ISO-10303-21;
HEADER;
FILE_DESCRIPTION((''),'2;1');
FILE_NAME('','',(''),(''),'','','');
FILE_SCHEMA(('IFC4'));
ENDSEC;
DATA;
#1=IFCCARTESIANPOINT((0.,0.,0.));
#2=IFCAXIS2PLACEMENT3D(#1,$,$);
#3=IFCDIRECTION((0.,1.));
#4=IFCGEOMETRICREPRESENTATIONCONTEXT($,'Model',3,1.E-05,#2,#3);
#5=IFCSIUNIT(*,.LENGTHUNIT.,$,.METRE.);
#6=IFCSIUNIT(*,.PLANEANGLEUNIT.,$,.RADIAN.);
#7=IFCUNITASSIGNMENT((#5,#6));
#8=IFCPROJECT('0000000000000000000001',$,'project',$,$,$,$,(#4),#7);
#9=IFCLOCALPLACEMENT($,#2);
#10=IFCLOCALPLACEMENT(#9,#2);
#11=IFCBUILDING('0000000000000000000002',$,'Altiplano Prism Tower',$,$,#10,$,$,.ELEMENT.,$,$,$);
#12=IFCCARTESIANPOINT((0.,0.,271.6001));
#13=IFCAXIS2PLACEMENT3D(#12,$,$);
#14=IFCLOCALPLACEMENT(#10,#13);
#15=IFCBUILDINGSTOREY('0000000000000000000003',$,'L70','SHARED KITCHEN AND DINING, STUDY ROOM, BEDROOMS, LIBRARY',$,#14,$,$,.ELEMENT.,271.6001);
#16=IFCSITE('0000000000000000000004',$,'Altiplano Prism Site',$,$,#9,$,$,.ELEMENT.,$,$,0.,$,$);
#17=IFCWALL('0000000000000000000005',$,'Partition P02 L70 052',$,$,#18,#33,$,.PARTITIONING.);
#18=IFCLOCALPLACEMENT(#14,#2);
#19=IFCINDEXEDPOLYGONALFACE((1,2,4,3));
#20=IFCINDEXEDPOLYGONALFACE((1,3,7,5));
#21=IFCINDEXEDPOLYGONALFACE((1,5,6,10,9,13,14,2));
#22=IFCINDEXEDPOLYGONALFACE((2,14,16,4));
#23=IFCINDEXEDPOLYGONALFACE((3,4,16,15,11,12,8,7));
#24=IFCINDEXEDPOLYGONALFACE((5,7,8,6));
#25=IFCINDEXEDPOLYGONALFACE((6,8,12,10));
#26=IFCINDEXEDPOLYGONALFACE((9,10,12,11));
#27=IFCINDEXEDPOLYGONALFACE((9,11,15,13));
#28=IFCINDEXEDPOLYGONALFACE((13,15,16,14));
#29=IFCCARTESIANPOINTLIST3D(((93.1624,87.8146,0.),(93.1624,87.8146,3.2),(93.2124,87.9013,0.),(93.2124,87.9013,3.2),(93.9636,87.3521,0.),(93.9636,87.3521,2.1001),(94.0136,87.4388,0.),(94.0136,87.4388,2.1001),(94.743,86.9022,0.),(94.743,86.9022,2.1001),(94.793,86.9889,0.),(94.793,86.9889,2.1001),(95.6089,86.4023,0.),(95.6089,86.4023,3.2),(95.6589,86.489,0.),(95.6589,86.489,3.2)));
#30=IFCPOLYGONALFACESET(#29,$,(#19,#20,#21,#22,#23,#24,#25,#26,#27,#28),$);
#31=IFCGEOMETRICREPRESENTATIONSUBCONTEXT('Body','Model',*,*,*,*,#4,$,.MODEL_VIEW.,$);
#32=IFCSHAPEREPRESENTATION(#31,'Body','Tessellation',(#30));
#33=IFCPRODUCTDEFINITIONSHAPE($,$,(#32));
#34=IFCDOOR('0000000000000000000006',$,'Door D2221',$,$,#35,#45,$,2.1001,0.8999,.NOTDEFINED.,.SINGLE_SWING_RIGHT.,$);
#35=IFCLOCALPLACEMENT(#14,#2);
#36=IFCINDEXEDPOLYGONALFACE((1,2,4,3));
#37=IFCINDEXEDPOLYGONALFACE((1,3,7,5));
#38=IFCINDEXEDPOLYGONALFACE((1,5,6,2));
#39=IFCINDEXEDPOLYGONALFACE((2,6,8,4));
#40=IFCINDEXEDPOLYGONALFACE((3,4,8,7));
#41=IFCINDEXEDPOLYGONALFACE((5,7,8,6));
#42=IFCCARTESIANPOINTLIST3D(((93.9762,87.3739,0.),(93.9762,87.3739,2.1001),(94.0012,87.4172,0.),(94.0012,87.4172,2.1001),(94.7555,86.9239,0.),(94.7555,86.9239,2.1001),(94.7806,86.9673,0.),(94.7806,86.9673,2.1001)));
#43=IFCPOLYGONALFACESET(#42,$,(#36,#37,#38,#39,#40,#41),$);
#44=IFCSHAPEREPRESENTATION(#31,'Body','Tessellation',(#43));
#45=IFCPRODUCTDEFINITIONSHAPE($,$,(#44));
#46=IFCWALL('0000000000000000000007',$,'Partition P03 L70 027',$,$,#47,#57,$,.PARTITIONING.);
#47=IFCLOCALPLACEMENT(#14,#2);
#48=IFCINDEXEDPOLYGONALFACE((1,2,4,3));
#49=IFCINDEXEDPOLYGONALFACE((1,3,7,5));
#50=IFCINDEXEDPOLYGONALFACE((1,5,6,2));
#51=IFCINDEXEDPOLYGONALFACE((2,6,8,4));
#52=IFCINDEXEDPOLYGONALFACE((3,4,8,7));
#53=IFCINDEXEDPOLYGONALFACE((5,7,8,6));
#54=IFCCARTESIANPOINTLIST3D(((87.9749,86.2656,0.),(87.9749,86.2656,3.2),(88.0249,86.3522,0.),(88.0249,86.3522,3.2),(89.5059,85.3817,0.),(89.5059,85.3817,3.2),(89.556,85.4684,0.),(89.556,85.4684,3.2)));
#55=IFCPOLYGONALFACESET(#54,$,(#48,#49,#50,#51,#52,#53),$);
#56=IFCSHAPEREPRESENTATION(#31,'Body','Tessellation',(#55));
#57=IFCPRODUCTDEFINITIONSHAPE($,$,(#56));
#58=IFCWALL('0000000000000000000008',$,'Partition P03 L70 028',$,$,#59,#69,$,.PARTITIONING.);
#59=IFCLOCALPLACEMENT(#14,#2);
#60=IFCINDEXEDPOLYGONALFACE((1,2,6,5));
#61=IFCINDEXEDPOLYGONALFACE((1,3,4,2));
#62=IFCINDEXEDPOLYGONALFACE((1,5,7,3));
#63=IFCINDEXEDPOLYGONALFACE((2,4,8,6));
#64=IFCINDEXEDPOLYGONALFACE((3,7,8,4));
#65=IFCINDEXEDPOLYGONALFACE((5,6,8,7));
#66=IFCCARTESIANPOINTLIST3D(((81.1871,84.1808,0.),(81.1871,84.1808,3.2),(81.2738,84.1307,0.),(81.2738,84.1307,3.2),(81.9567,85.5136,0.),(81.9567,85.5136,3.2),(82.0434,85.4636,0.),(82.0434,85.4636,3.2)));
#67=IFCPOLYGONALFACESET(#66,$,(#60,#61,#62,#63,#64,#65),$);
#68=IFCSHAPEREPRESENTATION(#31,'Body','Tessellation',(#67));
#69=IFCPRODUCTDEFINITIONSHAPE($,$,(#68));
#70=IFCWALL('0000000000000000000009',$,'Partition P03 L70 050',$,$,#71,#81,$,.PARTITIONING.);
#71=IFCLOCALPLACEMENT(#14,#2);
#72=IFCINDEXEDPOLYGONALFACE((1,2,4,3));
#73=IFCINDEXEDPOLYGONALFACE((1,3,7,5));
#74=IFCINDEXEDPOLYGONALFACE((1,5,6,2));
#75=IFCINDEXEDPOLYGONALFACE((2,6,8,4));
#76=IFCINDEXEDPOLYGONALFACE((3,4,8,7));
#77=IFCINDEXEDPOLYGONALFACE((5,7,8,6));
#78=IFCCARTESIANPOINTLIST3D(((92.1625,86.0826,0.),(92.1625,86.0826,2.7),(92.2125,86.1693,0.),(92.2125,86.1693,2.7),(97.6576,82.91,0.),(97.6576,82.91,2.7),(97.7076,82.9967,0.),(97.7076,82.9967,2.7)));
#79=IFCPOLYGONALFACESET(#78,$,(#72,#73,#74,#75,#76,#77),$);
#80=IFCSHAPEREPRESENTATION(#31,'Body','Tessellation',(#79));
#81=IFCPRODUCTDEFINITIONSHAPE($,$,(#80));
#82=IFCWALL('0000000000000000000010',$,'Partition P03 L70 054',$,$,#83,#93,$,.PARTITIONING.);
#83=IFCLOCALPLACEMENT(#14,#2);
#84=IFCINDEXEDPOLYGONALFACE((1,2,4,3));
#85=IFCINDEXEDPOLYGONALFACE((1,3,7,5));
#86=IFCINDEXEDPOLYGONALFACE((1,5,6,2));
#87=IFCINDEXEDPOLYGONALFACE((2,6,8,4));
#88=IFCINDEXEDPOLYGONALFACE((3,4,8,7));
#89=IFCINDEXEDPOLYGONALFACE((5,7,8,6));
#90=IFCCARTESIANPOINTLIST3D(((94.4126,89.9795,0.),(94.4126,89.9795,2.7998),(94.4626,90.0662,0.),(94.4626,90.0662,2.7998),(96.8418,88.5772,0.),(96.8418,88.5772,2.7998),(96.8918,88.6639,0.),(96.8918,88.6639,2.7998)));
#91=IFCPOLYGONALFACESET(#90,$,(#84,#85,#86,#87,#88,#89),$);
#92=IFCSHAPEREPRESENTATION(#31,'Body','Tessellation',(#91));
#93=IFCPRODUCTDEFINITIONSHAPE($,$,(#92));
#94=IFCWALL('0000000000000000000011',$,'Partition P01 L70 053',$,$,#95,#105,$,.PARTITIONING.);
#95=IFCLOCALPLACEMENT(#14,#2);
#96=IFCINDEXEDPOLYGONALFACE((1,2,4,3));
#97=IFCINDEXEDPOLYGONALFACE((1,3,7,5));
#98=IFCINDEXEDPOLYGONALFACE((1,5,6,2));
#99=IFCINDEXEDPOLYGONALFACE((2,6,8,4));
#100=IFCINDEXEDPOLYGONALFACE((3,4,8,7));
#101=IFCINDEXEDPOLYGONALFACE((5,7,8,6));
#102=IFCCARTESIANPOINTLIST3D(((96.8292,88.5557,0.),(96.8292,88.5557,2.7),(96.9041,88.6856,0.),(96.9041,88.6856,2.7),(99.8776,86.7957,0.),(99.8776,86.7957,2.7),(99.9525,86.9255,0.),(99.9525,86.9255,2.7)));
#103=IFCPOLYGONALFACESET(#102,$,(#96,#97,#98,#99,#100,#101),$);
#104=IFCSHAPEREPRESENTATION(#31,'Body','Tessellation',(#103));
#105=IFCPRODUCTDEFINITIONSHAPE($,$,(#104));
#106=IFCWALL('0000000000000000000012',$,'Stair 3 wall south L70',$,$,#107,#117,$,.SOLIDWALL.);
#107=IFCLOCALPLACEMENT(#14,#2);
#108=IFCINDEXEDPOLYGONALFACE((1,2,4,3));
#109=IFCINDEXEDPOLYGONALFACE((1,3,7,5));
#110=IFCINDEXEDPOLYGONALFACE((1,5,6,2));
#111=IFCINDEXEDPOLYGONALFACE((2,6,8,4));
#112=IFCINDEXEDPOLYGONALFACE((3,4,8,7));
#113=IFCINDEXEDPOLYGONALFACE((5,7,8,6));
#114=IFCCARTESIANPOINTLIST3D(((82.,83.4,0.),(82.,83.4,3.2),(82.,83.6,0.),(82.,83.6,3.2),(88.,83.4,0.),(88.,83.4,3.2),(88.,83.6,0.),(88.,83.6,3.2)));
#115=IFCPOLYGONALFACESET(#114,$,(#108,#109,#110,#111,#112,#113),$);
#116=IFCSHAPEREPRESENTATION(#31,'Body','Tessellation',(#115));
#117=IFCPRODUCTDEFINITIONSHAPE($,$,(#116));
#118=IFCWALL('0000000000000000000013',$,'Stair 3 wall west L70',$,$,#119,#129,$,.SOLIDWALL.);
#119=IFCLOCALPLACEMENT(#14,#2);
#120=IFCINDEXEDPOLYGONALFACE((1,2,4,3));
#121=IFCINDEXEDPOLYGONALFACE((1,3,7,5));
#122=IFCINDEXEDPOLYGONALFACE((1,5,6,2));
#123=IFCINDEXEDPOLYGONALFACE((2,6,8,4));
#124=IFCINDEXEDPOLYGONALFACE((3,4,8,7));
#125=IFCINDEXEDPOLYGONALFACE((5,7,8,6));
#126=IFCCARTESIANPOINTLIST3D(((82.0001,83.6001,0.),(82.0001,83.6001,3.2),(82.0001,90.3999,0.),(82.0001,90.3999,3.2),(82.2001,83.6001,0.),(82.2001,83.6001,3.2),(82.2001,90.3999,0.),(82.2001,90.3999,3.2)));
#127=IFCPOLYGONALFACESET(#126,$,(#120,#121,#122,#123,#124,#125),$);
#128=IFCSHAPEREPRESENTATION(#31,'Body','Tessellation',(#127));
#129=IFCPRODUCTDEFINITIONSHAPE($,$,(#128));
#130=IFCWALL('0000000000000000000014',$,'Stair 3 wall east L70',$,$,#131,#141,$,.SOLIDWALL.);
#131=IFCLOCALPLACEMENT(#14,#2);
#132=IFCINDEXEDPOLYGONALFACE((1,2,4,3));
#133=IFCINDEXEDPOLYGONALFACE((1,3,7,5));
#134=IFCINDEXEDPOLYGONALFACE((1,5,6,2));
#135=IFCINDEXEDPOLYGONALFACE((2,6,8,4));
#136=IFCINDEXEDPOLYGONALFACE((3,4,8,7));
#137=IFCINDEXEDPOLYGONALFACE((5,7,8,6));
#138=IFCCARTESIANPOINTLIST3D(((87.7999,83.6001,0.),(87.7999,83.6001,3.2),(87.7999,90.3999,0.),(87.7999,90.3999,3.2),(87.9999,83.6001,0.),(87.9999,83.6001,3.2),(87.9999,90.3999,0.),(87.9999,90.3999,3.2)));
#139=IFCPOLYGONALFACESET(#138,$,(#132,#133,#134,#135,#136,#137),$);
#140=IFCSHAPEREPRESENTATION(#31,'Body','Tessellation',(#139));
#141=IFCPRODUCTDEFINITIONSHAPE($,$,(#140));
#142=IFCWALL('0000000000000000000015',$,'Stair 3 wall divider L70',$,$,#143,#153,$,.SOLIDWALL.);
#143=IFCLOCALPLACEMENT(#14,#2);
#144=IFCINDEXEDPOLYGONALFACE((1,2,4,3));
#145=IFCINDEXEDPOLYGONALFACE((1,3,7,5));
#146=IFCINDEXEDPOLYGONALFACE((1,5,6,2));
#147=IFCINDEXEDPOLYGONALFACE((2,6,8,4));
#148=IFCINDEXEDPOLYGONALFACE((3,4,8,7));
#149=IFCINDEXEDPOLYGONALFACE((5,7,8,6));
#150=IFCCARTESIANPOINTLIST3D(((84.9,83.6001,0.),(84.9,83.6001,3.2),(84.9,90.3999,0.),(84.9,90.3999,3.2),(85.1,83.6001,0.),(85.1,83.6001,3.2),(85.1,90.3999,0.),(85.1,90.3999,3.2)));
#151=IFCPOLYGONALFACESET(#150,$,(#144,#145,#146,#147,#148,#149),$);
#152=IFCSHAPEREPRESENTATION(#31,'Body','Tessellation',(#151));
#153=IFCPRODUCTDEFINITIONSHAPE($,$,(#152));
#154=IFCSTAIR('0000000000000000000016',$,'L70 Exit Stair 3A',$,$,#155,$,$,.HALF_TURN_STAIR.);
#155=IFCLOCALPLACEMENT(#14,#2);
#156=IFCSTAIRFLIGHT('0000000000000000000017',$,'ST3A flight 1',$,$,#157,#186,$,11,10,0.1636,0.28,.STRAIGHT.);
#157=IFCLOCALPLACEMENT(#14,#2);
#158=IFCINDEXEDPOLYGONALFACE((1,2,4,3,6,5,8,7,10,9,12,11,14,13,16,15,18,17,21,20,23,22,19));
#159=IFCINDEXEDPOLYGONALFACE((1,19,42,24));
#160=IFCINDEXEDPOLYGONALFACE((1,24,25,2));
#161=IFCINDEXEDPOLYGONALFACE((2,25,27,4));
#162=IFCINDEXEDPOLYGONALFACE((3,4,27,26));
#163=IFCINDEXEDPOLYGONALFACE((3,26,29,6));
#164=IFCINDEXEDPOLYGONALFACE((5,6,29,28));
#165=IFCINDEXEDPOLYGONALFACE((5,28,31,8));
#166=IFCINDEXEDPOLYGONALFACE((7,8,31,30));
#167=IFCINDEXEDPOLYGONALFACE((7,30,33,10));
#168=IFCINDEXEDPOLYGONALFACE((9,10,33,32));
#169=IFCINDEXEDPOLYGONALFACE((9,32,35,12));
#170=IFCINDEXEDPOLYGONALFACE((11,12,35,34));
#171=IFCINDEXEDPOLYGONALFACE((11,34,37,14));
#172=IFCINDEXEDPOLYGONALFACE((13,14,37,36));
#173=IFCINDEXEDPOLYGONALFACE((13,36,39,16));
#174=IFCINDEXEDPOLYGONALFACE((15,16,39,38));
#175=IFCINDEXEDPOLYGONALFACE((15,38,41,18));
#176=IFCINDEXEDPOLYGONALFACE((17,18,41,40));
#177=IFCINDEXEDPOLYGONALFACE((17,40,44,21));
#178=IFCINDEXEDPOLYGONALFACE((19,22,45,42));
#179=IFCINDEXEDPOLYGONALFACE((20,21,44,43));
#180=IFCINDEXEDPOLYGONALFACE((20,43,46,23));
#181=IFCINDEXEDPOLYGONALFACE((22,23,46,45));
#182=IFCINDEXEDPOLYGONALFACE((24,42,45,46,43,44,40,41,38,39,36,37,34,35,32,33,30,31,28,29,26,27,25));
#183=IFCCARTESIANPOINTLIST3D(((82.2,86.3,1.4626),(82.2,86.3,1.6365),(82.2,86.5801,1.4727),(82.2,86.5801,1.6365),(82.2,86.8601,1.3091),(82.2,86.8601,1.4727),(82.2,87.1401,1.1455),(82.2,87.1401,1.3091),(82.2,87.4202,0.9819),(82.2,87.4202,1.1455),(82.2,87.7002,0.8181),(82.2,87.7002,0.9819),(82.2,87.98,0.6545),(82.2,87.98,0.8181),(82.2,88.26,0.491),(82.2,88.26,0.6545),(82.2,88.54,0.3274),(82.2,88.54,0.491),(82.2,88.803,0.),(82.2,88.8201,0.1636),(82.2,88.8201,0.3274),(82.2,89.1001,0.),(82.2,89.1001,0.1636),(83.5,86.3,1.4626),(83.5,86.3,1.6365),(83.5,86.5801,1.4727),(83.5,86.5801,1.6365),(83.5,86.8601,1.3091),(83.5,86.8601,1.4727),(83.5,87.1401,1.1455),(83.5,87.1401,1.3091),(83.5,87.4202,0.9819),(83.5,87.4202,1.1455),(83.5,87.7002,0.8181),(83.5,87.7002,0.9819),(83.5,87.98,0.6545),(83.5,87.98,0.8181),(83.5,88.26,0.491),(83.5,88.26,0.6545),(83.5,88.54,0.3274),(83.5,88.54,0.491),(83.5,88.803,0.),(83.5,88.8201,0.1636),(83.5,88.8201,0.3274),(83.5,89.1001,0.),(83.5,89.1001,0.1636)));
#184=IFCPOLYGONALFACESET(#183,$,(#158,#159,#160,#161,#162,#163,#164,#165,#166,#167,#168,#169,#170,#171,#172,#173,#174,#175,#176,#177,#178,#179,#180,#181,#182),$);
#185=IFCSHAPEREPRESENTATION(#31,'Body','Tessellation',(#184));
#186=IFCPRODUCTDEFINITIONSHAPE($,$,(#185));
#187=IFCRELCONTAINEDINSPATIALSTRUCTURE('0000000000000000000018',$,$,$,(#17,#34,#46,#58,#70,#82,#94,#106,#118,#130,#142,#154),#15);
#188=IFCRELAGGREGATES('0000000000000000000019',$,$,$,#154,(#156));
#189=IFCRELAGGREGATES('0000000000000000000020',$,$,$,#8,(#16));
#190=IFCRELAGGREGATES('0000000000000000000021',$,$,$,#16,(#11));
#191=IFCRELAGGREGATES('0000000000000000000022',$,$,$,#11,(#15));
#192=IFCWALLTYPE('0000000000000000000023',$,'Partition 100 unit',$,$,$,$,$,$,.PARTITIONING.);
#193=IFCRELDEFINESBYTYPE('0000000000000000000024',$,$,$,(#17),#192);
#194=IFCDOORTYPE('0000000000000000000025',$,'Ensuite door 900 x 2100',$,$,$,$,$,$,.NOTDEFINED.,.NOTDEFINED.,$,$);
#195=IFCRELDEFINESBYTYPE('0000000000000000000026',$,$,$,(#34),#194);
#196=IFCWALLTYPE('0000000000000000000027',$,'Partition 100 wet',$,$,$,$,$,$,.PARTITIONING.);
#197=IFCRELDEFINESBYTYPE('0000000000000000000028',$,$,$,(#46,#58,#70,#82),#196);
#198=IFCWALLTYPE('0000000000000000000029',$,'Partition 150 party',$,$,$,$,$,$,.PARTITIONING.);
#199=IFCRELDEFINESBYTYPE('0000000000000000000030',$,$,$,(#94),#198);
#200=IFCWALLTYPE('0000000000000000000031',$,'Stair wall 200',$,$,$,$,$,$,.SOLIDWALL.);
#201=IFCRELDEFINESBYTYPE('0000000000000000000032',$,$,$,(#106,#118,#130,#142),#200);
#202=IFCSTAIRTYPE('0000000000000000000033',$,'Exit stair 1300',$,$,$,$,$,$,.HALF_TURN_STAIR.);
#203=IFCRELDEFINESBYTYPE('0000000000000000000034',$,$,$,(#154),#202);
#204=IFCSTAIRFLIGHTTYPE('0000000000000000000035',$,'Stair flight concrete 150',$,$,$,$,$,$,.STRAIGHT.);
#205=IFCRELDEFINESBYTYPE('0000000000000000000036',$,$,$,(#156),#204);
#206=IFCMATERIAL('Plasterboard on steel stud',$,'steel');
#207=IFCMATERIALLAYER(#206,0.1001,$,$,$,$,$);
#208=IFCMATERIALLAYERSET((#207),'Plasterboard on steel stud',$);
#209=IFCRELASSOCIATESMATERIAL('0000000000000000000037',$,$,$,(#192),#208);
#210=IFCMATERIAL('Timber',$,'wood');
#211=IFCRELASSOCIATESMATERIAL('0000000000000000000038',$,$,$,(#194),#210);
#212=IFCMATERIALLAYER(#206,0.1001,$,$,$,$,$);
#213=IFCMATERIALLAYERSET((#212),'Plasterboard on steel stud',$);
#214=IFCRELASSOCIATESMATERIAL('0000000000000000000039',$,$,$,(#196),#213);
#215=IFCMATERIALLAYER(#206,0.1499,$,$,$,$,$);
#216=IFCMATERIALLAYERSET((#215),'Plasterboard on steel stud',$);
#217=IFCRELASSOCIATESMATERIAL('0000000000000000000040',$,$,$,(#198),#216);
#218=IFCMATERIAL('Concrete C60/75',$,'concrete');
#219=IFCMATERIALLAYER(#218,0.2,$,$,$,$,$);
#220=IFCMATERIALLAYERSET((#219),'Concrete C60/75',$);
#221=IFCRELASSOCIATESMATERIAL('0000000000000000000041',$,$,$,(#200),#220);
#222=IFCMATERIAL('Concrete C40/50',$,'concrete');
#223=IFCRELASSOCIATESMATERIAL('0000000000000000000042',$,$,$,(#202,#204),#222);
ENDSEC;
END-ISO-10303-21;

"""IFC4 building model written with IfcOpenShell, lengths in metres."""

from ifc_helpers import new_model, si_unit, direction, frame, frame_2d, origin, place, context, subcontext, project, spatial, polyline, rectangle, outline, extrude, material, layer, layer_set, type_object, element, fill, aggregate, save


model = new_model("IFC4")

# Units and contexts
model_context = context("Model", 3, precision=1e-05, world=origin(), true_north=direction((0.0, 1.0)))
body_context = subcontext(model_context, "Body", "Model", "MODEL_VIEW")
ifc_project = project(units=[si_unit("LENGTHUNIT", "METRE"), si_unit("PLANEANGLEUNIT", "RADIAN")], contexts=[model_context])

# Site, building, storey
site_placement = place(None, origin())
site = spatial("IfcSite", under=ifc_project, at=site_placement, Name="Altiplano Prism Site", CompositionType="ELEMENT", RefElevation=0.0)
building_placement = place(site_placement, origin())
building = spatial("IfcBuilding", under=site, at=building_placement, Name="Altiplano Prism Tower", CompositionType="ELEMENT")
storey_placement = place(building_placement, frame((0.0, 0.0, 271.6001)))
storey = spatial("IfcBuildingStorey", under=building, at=storey_placement, Name="L70", Description="SHARED KITCHEN AND DINING, STUDY ROOM, BEDROOMS, LIBRARY", CompositionType="ELEMENT", Elevation=271.6001)

# Shared definitions
ifc_material_1 = material(Name="Concrete C60/75", Category="concrete")

# Shared definitions
ifc_material_2 = material(Name="Plasterboard on steel stud", Category="steel")
ifc_layer_1 = layer(ifc_material_2, 0.1001)
ifc_layer_set_1 = layer_set([ifc_layer_1], Name="Plasterboard on steel stud")
wall_type_1 = type_object("IfcWallType", Name="Partition 100 unit", PredefinedType="PARTITIONING", material=ifc_layer_set_1)

# Wall, opening, door
wall_1_placement = place(storey_placement, frame((95.634, 86.4456, 0.0), z_axis=(0.0, 0.0, 1.0), x_axis=(-0.866049, 0.499959, 0.0)))
wall_1 = element("IfcWall", 1, at=wall_1_placement, inside=storey, type_object=wall_type_1, Name="Partition P02 L70 052", PredefinedType="PARTITIONING", context=body_context, shape_type="SweptSolid", body=[
    extrude(rectangle(XDim=2.825, YDim=0.1001, at=frame_2d((1.4126, 0.0))), origin(), (0.0, 0.0, 1.0), 3.2),
])
opening_placement = place(wall_1_placement, frame((1.0, 0.0, 0.0)))
opening = element("IfcOpeningElement", 2, at=opening_placement, cuts=wall_1, PredefinedType="OPENING", context=body_context, shape_type="SweptSolid", body=[
    extrude(rectangle(XDim=0.8999, YDim=2.1001, at=frame_2d((0.45, 1.05))), frame((0.0, 0.0605, 0.0), z_axis=(0.0, -1.0, 0.0), x_axis=(1.0, 0.0, 0.0)), (0.0, 0.0, 1.0), 0.1211),
])
ifc_material_3 = material(Name="Timber", Category="wood")
door_type = type_object("IfcDoorType", Name="Ensuite door 900 x 2100", OperationType="NOTDEFINED", PredefinedType="NOTDEFINED", material=ifc_material_3)
door_placement = place(opening_placement, origin())
door = element("IfcDoor", 3, at=door_placement, inside=storey, type_object=door_type, Name="Door D2221", OperationType="SINGLE_SWING_RIGHT", OverallHeight=2.1001, OverallWidth=0.8999, PredefinedType="NOTDEFINED", context=body_context, shape_type="SweptSolid", body=[
    extrude(rectangle(XDim=0.8999, YDim=2.1001, at=frame_2d((0.45, 1.05))), frame((0.0, 0.0249, 0.0), z_axis=(0.0, -1.0, 0.0), x_axis=(1.0, 0.0, 0.0)), (0.0, 0.0, 1.0), 0.05),
])
fill(opening, door)

# Walls
ifc_layer_2 = layer(ifc_material_2, 0.1001)
ifc_layer_set_2 = layer_set([ifc_layer_2], Name="Plasterboard on steel stud")
wall_type_2 = type_object("IfcWallType", Name="Partition 100 wet", PredefinedType="PARTITIONING", material=ifc_layer_set_2)
wall_2_placement = place(storey_placement, frame((88.0, 86.3088, 0.0), z_axis=(0.0, 0.0, 1.0), x_axis=(0.866059, -0.499942, 0.0)))
element("IfcWall", 4, at=wall_2_placement, inside=storey, type_object=wall_type_2, Name="Partition P03 L70 027", PredefinedType="PARTITIONING", context=body_context, shape_type="SweptSolid", body=[
    extrude(rectangle(XDim=1.7678, YDim=0.1001, at=frame_2d((0.8838, 0.0))), origin(), (0.0, 0.0, 1.0), 3.2),
])
wall_3_placement = place(storey_placement, frame((81.2305, 84.1558, 0.0), z_axis=(0.0, 0.0, 1.0), x_axis=(0.500029, 0.866009, 0.0)))
element("IfcWall", 5, at=wall_3_placement, inside=storey, type_object=wall_type_2, Name="Partition P03 L70 028", PredefinedType="PARTITIONING", context=body_context, shape_type="SweptSolid", body=[
    extrude(rectangle(XDim=1.5391, YDim=0.1001, at=frame_2d((0.7695, 0.0))), origin(), (0.0, 0.0, 1.0), 3.2),
])
wall_4_placement = place(storey_placement, frame((97.6826, 82.9534, 0.0), z_axis=(0.0, 0.0, 1.0), x_axis=(-0.866025, 0.5, 0.0)))
element("IfcWall", 6, at=wall_4_placement, inside=storey, type_object=wall_type_2, Name="Partition P03 L70 050", PredefinedType="PARTITIONING", context=body_context, shape_type="SweptSolid", body=[
    extrude(rectangle(XDim=6.3452, YDim=0.1001, at=frame_2d((3.1726, 0.0))), origin(), (0.0, 0.0, 1.0), 2.7),
])
wall_5_placement = place(storey_placement, frame((96.8667, 88.6206, 0.0), z_axis=(0.0, 0.0, 1.0), x_axis=(-0.866049, 0.499959, 0.0)))
element("IfcWall", 7, at=wall_5_placement, inside=storey, type_object=wall_type_2, Name="Partition P03 L70 054", PredefinedType="PARTITIONING", context=body_context, shape_type="SweptSolid", body=[
    extrude(rectangle(XDim=2.8049, YDim=0.1001, at=frame_2d((1.4023, 0.0))), origin(), (0.0, 0.0, 1.0), 2.7998),
])
ifc_layer_3 = layer(ifc_material_2, 0.1499)
ifc_layer_set_3 = layer_set([ifc_layer_3], Name="Plasterboard on steel stud")
wall_type_3 = type_object("IfcWallType", Name="Partition 150 party", PredefinedType="PARTITIONING", material=ifc_layer_set_3)
wall_6_placement = place(storey_placement, frame((99.915, 86.8606, 0.0), z_axis=(0.0, 0.0, 1.0), x_axis=(-0.866019, 0.500011, 0.0)))
element("IfcWall", 8, at=wall_6_placement, inside=storey, type_object=wall_type_3, Name="Partition P01 L70 053", PredefinedType="PARTITIONING", context=body_context, shape_type="SweptSolid", body=[
    extrude(rectangle(XDim=3.52, YDim=0.1499, at=frame_2d((1.76, 0.0))), origin(), (0.0, 0.0, 1.0), 2.7),
])
ifc_layer_4 = layer(ifc_material_1, 0.2)
ifc_layer_set_4 = layer_set([ifc_layer_4], Name="Concrete C60/75")
wall_type_4 = type_object("IfcWallType", Name="Stair wall 200", PredefinedType="SOLIDWALL", material=ifc_layer_set_4)
wall_7_placement = place(storey_placement, frame((82.0, 83.5, 0.0), z_axis=(0.0, 0.0, 1.0), x_axis=(1.0, 0.0, 0.0)))
element("IfcWall", 9, at=wall_7_placement, inside=storey, type_object=wall_type_4, Name="Stair 3 wall south L70", PredefinedType="SOLIDWALL", context=body_context, shape_type="SweptSolid", body=[
    extrude(rectangle(XDim=6.0, YDim=0.2, at=frame_2d((3.0, 0.0))), origin(), (0.0, 0.0, 1.0), 3.2),
])
for number, where, z_axis, x_axis, name in (
    (10, (82.1001, 83.6001, 0.0), (0.0, 0.0, 1.0), (0.0, 1.0, 0.0), "Stair 3 wall west L70"),
    (11, (87.8999, 83.6001, 0.0), (0.0, 0.0, 1.0), (0.0, 1.0, 0.0), "Stair 3 wall east L70"),
    (12, (85.0, 83.6001, 0.0), (0.0, 0.0, 1.0), (0.0, 1.0, 0.0), "Stair 3 wall divider L70"),
):
    element("IfcWall", number, at=place(storey_placement, frame(where, z_axis=z_axis, x_axis=x_axis)), inside=storey, type_object=wall_type_4, Name=name, PredefinedType="SOLIDWALL", context=body_context, shape_type="SweptSolid", body=[
        extrude(rectangle(XDim=6.7998, YDim=0.2, at=frame_2d((3.3999, 0.0))), origin(), (0.0, 0.0, 1.0), 3.2),
    ])

# Stair, stair flight
ifc_material_4 = material(Name="Concrete C40/50", Category="concrete")
stair_type = type_object("IfcStairType", Name="Exit stair 1300", PredefinedType="HALF_TURN_STAIR", material=ifc_material_4)
stair_1_placement = place(storey_placement, origin())
stair_1 = element("IfcStair", 13, at=stair_1_placement, inside=storey, type_object=stair_type, Name="L70 Exit Stair 3A", PredefinedType="HALF_TURN_STAIR")
stair_flight_type = type_object("IfcStairFlightType", Name="Stair flight concrete 150", PredefinedType="STRAIGHT", material=ifc_material_4)
stair_flight_1_placement = place(storey_placement, frame((82.8501, 89.1001, 0.0), z_axis=(0.0, 0.0, 1.0), x_axis=(0.0, -1.0, 0.0)))
stair_flight_1 = element("IfcStairFlight", 14, at=stair_flight_1_placement, type_object=stair_flight_type, Name="ST3A flight 1", NumberOfRisers=11, NumberOfTreads=10, PredefinedType="STRAIGHT", RiserHeight=0.1636, TreadLength=0.28, context=body_context, shape_type="SweptSolid", body=[
    extrude(outline(polyline([(0.0, 0.0), (0.0, 0.1636), (0.28, 0.1636), (0.28, 0.3274), (0.5601, 0.3274), (0.5601, 0.491), (0.8401, 0.491), (0.8401, 0.6545), (1.1201, 0.6545), (1.1201, 0.8181), (1.3999, 0.8181), (1.3999, 0.9819), (1.6799, 0.9819), (1.6799, 1.1455), (1.96, 1.1455), (1.96, 1.3091), (2.24, 1.3091), (2.24, 1.4727), (2.52, 1.4727), (2.52, 1.6365), (2.8, 1.6365), (2.8, 1.8), (2.8, 1.4626), (0.2971, 0.0), (0.0, 0.0)])), frame((0.0, 0.6499, 0.0), z_axis=(0.0, -1.0, 0.0), x_axis=(1.0, 0.0, 0.0)), (0.0, 0.0, 1.0), 1.3),
])
aggregate(stair_1, [stair_flight_1])

save(model, "model.ifc")
